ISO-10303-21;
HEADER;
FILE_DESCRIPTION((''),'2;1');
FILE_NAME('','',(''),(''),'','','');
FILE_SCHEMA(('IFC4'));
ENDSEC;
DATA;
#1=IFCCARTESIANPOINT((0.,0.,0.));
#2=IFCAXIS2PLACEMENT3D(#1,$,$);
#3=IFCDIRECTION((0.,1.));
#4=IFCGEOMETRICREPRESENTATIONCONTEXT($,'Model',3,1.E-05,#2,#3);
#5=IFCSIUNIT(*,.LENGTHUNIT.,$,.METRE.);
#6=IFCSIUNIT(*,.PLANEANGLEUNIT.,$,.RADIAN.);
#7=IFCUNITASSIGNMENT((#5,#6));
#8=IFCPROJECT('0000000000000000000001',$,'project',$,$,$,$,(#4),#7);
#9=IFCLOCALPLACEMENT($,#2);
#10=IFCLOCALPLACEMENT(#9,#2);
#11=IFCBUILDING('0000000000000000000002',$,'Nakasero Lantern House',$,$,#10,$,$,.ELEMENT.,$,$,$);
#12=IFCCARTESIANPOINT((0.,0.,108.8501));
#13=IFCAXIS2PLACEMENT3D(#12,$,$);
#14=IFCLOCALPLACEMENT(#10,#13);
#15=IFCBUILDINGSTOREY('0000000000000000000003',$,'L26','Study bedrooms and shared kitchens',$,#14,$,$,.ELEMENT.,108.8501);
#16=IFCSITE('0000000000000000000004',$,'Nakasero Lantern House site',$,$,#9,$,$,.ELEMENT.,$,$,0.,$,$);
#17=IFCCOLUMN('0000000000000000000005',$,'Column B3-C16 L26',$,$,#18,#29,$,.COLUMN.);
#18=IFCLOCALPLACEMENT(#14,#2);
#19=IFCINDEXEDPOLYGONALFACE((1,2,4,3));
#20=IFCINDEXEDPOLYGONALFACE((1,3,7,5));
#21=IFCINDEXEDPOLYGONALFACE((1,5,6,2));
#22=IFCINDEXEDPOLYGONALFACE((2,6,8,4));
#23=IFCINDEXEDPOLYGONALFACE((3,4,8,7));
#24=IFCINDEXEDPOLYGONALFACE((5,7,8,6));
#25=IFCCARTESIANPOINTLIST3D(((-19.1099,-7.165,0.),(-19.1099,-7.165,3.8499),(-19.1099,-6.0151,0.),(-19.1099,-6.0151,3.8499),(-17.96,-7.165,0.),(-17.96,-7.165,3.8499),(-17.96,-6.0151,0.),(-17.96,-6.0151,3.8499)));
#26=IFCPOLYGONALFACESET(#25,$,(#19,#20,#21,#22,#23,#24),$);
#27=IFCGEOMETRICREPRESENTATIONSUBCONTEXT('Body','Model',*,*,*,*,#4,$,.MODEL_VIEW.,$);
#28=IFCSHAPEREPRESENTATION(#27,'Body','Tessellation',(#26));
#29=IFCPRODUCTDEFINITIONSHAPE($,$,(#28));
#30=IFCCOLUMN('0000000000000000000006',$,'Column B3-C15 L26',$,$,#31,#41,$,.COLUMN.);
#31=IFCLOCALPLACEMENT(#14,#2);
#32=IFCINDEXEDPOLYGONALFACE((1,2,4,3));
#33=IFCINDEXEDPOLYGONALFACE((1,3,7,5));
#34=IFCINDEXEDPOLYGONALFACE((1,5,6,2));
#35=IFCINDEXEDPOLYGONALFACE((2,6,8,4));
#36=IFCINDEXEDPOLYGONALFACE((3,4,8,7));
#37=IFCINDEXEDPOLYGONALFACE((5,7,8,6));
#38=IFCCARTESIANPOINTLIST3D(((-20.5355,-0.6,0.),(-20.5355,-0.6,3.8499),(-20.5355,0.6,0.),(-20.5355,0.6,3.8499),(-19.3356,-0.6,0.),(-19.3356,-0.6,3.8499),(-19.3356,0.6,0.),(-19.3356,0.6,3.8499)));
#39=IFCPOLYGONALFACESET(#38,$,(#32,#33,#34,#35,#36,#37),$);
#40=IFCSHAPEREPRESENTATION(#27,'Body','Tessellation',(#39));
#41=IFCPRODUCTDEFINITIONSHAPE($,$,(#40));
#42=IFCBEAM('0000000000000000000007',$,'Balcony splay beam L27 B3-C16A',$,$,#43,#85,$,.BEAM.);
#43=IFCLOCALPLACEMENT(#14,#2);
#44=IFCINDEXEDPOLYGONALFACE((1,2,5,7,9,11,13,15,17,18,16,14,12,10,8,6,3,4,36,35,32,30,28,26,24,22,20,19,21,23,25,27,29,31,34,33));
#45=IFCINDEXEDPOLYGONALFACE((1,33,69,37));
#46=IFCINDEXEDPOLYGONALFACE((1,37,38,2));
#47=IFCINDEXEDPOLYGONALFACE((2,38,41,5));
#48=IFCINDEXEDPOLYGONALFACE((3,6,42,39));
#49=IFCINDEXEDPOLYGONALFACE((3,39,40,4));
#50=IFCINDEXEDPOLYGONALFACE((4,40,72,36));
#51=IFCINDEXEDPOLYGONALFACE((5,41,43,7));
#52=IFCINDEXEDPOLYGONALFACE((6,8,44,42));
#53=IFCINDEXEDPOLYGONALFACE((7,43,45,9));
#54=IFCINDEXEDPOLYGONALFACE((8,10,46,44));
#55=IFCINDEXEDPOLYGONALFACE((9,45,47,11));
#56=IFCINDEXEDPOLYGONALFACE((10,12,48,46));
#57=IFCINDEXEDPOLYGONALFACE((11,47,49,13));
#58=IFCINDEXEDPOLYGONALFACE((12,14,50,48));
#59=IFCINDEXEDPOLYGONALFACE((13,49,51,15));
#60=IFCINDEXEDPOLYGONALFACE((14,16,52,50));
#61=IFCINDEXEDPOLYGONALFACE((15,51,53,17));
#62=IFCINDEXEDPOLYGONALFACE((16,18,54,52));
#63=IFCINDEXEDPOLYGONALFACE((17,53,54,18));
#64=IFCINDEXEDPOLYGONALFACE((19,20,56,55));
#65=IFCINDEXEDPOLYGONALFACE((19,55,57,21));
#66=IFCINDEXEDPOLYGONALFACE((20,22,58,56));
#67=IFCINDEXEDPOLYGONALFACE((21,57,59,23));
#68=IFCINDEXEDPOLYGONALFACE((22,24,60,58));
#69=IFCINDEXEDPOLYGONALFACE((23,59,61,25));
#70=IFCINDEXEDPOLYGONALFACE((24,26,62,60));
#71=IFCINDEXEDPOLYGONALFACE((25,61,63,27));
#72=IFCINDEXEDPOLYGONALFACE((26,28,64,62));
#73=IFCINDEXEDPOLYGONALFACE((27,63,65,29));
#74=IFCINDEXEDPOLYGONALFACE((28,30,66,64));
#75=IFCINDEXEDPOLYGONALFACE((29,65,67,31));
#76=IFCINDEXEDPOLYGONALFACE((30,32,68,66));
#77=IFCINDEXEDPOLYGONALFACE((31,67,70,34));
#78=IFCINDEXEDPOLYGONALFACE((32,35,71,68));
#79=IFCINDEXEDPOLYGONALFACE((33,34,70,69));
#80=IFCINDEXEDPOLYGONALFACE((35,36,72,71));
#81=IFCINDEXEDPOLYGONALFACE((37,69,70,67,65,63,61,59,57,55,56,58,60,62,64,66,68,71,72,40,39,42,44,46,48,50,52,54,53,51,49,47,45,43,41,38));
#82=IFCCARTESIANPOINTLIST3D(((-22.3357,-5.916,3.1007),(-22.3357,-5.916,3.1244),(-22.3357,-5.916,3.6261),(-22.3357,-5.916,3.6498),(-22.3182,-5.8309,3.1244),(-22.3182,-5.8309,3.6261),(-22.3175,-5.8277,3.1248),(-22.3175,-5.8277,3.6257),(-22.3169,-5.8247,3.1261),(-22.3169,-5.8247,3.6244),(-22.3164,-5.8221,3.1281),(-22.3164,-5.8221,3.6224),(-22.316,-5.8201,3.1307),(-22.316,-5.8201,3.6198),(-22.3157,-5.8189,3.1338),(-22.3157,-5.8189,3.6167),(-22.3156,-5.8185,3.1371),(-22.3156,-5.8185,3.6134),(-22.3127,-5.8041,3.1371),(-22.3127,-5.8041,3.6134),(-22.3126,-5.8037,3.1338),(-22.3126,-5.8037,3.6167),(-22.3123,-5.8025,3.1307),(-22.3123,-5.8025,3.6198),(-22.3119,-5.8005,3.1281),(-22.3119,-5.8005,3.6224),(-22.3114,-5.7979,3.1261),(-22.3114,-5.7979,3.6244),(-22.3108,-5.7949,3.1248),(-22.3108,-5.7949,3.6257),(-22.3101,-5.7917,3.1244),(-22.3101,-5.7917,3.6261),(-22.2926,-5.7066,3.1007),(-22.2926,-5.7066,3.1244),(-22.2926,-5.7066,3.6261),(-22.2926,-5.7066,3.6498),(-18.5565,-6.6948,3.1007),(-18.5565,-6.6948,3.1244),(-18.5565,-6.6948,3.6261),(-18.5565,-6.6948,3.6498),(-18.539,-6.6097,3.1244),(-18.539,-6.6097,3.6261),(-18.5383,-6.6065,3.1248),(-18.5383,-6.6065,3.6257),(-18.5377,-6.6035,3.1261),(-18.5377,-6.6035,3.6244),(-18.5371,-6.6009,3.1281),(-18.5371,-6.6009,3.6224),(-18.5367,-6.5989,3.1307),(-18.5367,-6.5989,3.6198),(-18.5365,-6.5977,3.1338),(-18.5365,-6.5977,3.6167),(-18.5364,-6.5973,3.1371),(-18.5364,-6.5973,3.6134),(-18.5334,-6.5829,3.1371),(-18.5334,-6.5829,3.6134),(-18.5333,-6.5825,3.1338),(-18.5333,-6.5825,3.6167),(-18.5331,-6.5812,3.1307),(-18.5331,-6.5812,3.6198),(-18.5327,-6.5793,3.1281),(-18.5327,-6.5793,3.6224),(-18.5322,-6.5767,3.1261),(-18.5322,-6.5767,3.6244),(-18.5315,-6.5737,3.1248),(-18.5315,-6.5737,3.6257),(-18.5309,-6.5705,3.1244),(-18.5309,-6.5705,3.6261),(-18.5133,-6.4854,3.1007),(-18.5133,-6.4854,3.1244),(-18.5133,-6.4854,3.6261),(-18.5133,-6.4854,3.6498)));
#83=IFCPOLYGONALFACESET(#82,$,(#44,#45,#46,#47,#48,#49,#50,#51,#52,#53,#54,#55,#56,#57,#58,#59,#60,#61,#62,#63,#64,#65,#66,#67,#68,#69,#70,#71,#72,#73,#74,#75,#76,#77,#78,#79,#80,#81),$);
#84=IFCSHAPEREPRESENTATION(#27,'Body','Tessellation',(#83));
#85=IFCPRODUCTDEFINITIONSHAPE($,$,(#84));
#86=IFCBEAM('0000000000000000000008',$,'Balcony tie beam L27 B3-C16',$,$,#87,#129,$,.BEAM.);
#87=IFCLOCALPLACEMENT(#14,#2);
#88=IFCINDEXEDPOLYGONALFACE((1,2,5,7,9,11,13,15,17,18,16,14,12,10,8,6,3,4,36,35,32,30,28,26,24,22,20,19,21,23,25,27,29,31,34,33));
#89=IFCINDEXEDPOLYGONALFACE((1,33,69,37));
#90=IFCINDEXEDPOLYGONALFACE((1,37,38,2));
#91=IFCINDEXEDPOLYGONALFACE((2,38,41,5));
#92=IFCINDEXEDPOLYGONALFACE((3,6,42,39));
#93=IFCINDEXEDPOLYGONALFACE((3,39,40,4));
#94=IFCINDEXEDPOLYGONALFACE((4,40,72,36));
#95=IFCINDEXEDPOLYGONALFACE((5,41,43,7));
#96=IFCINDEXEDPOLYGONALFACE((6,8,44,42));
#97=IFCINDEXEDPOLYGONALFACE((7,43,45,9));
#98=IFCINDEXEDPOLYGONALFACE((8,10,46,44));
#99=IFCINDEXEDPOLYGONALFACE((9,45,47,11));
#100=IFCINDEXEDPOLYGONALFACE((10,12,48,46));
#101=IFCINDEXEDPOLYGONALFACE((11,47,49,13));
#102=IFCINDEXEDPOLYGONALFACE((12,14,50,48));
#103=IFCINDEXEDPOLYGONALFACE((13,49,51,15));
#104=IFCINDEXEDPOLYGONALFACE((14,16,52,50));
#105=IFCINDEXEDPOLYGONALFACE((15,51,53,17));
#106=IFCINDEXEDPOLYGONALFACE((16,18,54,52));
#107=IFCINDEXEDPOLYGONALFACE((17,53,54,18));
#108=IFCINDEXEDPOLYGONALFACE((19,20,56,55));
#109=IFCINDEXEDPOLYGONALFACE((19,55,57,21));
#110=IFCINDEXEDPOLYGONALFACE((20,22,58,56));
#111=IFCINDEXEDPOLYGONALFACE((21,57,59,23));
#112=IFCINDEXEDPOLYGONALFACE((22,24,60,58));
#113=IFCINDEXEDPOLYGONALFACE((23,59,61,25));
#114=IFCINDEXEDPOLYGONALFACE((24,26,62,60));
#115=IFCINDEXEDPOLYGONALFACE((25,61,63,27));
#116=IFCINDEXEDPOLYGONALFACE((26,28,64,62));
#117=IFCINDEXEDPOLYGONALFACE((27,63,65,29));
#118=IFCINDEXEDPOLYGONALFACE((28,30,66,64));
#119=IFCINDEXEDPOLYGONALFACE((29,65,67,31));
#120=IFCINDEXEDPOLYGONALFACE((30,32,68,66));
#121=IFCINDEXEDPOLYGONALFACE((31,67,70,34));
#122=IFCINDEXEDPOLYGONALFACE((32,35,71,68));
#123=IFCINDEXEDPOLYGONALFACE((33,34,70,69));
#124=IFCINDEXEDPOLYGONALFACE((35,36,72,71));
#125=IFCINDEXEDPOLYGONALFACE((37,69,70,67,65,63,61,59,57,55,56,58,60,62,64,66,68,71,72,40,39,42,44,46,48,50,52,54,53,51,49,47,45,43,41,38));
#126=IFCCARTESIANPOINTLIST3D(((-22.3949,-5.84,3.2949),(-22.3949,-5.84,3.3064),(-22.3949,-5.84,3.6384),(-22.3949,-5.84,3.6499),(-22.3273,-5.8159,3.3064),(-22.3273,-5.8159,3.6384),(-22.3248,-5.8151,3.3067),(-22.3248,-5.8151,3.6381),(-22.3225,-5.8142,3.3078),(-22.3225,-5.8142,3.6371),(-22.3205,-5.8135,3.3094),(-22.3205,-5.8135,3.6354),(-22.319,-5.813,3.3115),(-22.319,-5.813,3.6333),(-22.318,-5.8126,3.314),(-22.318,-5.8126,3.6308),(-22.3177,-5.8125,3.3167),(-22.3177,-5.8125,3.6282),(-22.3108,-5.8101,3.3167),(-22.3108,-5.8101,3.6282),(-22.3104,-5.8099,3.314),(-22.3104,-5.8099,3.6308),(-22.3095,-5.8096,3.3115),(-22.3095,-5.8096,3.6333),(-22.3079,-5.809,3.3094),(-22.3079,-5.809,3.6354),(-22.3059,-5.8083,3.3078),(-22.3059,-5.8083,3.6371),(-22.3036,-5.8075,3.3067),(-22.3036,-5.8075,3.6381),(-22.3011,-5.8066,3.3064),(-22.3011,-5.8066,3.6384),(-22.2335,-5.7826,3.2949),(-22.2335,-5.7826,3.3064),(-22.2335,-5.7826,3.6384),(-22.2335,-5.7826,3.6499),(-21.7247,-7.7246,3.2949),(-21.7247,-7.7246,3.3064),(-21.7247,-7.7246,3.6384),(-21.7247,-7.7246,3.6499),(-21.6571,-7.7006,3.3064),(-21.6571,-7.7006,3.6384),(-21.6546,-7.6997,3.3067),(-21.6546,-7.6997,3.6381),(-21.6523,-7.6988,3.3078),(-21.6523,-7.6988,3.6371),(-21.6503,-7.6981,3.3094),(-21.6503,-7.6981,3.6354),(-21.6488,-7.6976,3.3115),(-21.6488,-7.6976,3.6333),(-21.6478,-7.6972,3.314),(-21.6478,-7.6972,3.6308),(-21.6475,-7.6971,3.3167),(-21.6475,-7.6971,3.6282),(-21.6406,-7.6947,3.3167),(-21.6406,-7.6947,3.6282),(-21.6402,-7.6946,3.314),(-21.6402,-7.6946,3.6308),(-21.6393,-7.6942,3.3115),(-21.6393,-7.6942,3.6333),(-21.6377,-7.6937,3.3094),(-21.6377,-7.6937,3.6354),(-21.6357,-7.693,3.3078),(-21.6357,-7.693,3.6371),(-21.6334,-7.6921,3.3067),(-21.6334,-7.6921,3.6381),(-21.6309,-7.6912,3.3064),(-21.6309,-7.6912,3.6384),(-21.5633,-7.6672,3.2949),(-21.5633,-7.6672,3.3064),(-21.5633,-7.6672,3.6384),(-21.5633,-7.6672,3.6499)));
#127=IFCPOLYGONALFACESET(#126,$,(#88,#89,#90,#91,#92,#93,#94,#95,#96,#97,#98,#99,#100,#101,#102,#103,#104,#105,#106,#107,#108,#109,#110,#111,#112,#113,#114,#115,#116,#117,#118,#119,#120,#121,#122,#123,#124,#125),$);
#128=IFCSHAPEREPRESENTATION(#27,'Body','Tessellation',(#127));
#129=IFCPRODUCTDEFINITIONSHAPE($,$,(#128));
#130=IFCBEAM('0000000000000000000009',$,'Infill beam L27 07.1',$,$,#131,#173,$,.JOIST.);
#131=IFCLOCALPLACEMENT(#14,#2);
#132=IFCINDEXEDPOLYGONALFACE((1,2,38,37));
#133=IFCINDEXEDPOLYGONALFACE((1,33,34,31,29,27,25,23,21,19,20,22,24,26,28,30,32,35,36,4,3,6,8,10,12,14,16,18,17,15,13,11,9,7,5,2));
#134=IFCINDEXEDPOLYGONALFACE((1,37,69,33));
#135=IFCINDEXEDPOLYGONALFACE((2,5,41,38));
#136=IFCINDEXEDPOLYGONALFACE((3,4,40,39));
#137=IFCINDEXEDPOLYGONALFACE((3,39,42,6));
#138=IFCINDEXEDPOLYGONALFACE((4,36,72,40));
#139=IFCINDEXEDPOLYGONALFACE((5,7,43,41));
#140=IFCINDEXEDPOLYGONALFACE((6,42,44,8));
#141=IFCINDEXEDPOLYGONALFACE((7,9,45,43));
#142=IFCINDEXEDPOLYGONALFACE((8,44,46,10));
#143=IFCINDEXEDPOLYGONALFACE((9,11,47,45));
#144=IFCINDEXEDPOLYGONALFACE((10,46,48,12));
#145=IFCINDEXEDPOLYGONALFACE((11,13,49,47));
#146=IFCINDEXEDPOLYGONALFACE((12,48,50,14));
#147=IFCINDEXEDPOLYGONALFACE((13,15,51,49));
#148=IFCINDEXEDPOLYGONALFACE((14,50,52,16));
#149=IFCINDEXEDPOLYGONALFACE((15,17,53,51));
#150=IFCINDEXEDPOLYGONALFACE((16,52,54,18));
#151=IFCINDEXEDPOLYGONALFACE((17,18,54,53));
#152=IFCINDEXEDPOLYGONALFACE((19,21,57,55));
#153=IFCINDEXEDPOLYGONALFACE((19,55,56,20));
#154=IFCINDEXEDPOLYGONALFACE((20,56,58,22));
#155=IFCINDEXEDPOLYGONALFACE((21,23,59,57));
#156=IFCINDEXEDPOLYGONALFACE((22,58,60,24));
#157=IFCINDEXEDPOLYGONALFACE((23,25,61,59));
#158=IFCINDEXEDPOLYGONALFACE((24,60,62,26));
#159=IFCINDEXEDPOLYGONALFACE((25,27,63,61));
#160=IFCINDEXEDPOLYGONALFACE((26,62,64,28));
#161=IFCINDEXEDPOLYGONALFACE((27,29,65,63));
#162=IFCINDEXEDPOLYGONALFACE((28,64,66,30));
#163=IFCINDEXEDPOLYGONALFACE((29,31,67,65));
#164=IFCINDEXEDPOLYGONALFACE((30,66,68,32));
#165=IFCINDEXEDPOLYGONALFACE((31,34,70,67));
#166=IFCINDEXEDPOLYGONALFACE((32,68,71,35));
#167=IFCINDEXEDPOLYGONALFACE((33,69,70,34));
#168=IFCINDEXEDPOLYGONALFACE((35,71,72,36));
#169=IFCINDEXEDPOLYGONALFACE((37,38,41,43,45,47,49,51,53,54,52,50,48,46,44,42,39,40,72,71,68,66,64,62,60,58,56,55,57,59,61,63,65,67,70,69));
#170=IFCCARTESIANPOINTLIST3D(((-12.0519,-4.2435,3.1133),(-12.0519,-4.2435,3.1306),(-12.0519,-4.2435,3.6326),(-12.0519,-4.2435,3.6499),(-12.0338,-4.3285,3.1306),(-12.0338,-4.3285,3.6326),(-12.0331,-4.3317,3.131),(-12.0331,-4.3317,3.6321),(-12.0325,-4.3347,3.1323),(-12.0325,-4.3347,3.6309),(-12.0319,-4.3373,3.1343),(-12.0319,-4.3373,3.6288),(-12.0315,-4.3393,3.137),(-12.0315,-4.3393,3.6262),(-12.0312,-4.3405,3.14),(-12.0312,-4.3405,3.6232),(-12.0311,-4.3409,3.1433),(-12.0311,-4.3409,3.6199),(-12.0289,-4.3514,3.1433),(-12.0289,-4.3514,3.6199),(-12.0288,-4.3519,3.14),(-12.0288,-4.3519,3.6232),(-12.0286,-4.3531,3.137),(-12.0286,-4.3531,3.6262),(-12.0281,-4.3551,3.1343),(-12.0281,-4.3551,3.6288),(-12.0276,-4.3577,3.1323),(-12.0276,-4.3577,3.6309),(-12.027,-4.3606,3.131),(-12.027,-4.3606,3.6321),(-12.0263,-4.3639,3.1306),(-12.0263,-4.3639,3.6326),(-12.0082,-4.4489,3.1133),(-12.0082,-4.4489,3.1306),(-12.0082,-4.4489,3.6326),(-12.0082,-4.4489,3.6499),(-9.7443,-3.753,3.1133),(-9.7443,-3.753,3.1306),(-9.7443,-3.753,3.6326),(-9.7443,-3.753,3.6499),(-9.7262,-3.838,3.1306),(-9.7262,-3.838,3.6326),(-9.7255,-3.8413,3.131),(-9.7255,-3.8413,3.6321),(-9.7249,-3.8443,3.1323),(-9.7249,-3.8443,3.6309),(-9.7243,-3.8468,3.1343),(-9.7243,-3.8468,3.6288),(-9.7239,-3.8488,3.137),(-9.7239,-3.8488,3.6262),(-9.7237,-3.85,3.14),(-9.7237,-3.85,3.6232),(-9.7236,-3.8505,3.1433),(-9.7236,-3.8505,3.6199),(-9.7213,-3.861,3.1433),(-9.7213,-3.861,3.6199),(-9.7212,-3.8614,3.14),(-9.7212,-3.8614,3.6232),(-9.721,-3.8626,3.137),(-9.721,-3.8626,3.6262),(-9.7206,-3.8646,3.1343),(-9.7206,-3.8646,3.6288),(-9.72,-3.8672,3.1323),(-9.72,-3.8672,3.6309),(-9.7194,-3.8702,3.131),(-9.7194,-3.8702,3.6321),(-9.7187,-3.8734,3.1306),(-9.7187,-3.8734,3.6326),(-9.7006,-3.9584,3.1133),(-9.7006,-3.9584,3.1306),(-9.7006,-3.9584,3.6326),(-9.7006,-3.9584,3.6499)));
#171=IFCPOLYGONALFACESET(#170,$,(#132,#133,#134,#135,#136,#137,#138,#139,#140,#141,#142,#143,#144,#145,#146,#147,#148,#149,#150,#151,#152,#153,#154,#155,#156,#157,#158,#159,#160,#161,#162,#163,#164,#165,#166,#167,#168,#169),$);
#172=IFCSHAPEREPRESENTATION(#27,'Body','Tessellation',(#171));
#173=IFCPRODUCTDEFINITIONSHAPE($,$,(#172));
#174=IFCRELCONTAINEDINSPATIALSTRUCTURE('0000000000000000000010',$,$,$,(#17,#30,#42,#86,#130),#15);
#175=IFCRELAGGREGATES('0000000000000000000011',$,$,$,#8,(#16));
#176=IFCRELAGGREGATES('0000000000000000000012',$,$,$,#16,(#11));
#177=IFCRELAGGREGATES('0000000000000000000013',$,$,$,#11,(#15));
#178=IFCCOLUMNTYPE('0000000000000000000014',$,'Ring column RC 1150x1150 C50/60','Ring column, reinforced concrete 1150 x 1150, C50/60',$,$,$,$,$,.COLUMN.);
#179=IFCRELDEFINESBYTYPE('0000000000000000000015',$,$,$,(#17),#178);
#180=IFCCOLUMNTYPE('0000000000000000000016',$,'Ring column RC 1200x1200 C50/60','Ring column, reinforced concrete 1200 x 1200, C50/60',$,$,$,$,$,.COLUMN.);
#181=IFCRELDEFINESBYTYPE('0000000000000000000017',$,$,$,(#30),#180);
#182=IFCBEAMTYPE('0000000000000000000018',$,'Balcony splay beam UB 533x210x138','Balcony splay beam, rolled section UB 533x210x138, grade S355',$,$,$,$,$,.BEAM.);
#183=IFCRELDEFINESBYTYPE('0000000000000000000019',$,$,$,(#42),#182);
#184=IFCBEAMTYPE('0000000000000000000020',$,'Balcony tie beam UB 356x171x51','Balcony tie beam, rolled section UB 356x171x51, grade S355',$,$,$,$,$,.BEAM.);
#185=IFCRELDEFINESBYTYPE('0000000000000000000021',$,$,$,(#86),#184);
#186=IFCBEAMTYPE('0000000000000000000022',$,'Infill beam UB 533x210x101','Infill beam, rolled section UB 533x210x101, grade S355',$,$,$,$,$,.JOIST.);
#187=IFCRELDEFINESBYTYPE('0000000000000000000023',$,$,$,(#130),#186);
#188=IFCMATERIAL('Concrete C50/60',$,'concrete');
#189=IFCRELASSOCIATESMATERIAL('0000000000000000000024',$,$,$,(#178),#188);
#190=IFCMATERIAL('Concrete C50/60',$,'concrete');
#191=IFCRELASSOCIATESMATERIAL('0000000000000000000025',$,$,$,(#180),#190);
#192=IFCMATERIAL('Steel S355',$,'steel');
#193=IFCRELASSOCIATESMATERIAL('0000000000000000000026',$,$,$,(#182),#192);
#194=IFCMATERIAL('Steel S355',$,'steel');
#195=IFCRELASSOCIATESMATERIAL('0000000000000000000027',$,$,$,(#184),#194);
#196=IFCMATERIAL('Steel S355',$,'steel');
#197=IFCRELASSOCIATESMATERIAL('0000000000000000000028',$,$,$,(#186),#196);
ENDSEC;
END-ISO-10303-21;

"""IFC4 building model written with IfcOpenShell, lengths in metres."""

from ifc_helpers import new_model, si_unit, direction, frame, origin, origin_2d, place, context, subcontext, project, spatial, rectangle, i_section, extrude, material, material_profile, profile_set, type_object, element, save


model = new_model("IFC4")

# Units and contexts
model_context = context("Model", 3, precision=1e-05, world=origin(), true_north=direction((0.0, 1.0)))
body_context = subcontext(model_context, "Body", "Model", "MODEL_VIEW")
ifc_project = project(units=[si_unit("LENGTHUNIT", "METRE"), si_unit("PLANEANGLEUNIT", "RADIAN")], contexts=[model_context])

# Site, building, storey
site_placement = place(None, origin())
site = spatial("IfcSite", under=ifc_project, at=site_placement, Name="Nakasero Lantern House site", CompositionType="ELEMENT", RefElevation=0.0)
building_placement = place(site_placement, origin())
building = spatial("IfcBuilding", under=site, at=building_placement, Name="Nakasero Lantern House", CompositionType="ELEMENT")
storey_placement = place(building_placement, frame((0.0, 0.0, 108.8501)))
storey = spatial("IfcBuildingStorey", under=building, at=storey_placement, Name="L26", Description="Study bedrooms and shared kitchens", CompositionType="ELEMENT", Elevation=108.8501)

# Columns
ifc_material_1 = material(Name="Concrete C50/60", Category="concrete")
ifc_material_profile_1 = material_profile(ifc_material_1, rectangle(XDim=1.1499, YDim=1.1499, at=origin_2d()), Name="RC 1150x1150")
ifc_profile_set_1 = profile_set([ifc_material_profile_1], Name="Concrete C50/60")
column_type_1 = type_object("IfcColumnType", Name="Ring column RC 1150x1150 C50/60", Description="Ring column, reinforced concrete 1150 x 1150, C50/60", PredefinedType="COLUMN", material=ifc_profile_set_1)
column_1_placement = place(storey_placement, frame((-18.5349, -6.5901, 0.0), z_axis=(0.0, 0.0, 1.0), x_axis=(1.0, 0.0, 0.0)))
element("IfcColumn", 1, at=column_1_placement, inside=storey, type_object=column_type_1, Name="Column B3-C16 L26", PredefinedType="COLUMN", context=body_context, shape_type="SweptSolid", body=[
    extrude(rectangle(XDim=1.1499, YDim=1.1499, at=origin_2d()), origin(), (0.0, 0.0, 1.0), 3.8499),
])
ifc_material_2 = material(Name="Concrete C50/60", Category="concrete")
ifc_material_profile_2 = material_profile(ifc_material_2, rectangle(XDim=1.2, YDim=1.2, at=origin_2d()), Name="RC 1200x1200")
ifc_profile_set_2 = profile_set([ifc_material_profile_2], Name="Concrete C50/60")
column_type_2 = type_object("IfcColumnType", Name="Ring column RC 1200x1200 C50/60", Description="Ring column, reinforced concrete 1200 x 1200, C50/60", PredefinedType="COLUMN", material=ifc_profile_set_2)
column_2_placement = place(storey_placement, frame((-19.9355, 0.0, 0.0), z_axis=(0.0, 0.0, 1.0), x_axis=(1.0, 0.0, 0.0)))
element("IfcColumn", 2, at=column_2_placement, inside=storey, type_object=column_type_2, Name="Column B3-C15 L26", PredefinedType="COLUMN", context=body_context, shape_type="SweptSolid", body=[
    extrude(rectangle(XDim=1.2, YDim=1.2, at=origin_2d()), origin(), (0.0, 0.0, 1.0), 3.8499),
])

# Beams
ifc_material_3 = material(Name="Steel S355", Category="steel")
ifc_material_profile_3 = material_profile(ifc_material_3, i_section(OverallWidth=0.2139, OverallDepth=0.5491, WebThickness=0.0146, FlangeThickness=0.0237, FilletRadius=0.0127, at=origin_2d()), Name="UB 533x210x138")
ifc_profile_set_3 = profile_set([ifc_material_profile_3], Name="Steel S355")
beam_type_1 = type_object("IfcBeamType", Name="Balcony splay beam UB 533x210x138", Description="Balcony splay beam, rolled section UB 533x210x138, grade S355", PredefinedType="BEAM", material=ifc_profile_set_3)
beam_1_placement = place(storey_placement, frame((-18.5349, -6.5901, 3.3752), z_axis=(-0.97942, 0.201831, 0.0), x_axis=(-0.201831, -0.97942, 0.0)))
element("IfcBeam", 3, at=beam_1_placement, inside=storey, type_object=beam_type_1, Name="Balcony splay beam L27 B3-C16A", PredefinedType="BEAM", context=body_context, shape_type="SweptSolid", body=[
    extrude(i_section(OverallWidth=0.2139, OverallDepth=0.5491, WebThickness=0.0146, FlangeThickness=0.0237, FilletRadius=0.0127, at=origin_2d()), origin(), (0.0, 0.0, 1.0), 3.8586),
])
ifc_material_4 = material(Name="Steel S355", Category="steel")
ifc_material_profile_4 = material_profile(ifc_material_4, i_section(OverallWidth=0.1714, OverallDepth=0.355, WebThickness=0.0073, FlangeThickness=0.0115, FilletRadius=0.0103, at=origin_2d()), Name="UB 356x171x51")
ifc_profile_set_4 = profile_set([ifc_material_profile_4], Name="Steel S355")
beam_type_2 = type_object("IfcBeamType", Name="Balcony tie beam UB 356x171x51", Description="Balcony tie beam, rolled section UB 356x171x51, grade S355", PredefinedType="BEAM", material=ifc_profile_set_4)
beam_2_placement = place(storey_placement, frame((-22.3142, -5.8113, 3.4724), z_axis=(0.33506, -0.942197, 0.0), x_axis=(0.942197, 0.33506, 0.0)))
element("IfcBeam", 4, at=beam_2_placement, inside=storey, type_object=beam_type_2, Name="Balcony tie beam L27 B3-C16", PredefinedType="BEAM", context=body_context, shape_type="SweptSolid", body=[
    extrude(i_section(OverallWidth=0.1714, OverallDepth=0.355, WebThickness=0.0073, FlangeThickness=0.0115, FilletRadius=0.0103, at=origin_2d()), origin(), (0.0, 0.0, 1.0), 2.0002),
])
ifc_material_5 = material(Name="Steel S355", Category="steel")
ifc_material_profile_5 = material_profile(ifc_material_5, i_section(OverallWidth=0.21, OverallDepth=0.5366, WebThickness=0.0107, FlangeThickness=0.0173, FilletRadius=0.0127, at=origin_2d()), Name="UB 533x210x101")
ifc_profile_set_5 = profile_set([ifc_material_profile_5], Name="Steel S355")
beam_type_3 = type_object("IfcBeamType", Name="Infill beam UB 533x210x101", Description="Infill beam, rolled section UB 533x210x101, grade S355", PredefinedType="JOIST", material=ifc_profile_set_5)
beam_3_placement = place(storey_placement, frame((-12.03, -4.3462, 3.3816), z_axis=(0.978149, 0.207903, 0.0), x_axis=(-0.207903, 0.978149, 0.0)))
element("IfcBeam", 5, at=beam_3_placement, inside=storey, type_object=beam_type_3, Name="Infill beam L27 07.1", PredefinedType="JOIST", context=body_context, shape_type="SweptSolid", body=[
    extrude(i_section(OverallWidth=0.21, OverallDepth=0.5366, WebThickness=0.0107, FlangeThickness=0.0173, FilletRadius=0.0127, at=origin_2d()), origin(), (0.0, 0.0, 1.0), 2.3591),
])

save(model, "model.ifc")
